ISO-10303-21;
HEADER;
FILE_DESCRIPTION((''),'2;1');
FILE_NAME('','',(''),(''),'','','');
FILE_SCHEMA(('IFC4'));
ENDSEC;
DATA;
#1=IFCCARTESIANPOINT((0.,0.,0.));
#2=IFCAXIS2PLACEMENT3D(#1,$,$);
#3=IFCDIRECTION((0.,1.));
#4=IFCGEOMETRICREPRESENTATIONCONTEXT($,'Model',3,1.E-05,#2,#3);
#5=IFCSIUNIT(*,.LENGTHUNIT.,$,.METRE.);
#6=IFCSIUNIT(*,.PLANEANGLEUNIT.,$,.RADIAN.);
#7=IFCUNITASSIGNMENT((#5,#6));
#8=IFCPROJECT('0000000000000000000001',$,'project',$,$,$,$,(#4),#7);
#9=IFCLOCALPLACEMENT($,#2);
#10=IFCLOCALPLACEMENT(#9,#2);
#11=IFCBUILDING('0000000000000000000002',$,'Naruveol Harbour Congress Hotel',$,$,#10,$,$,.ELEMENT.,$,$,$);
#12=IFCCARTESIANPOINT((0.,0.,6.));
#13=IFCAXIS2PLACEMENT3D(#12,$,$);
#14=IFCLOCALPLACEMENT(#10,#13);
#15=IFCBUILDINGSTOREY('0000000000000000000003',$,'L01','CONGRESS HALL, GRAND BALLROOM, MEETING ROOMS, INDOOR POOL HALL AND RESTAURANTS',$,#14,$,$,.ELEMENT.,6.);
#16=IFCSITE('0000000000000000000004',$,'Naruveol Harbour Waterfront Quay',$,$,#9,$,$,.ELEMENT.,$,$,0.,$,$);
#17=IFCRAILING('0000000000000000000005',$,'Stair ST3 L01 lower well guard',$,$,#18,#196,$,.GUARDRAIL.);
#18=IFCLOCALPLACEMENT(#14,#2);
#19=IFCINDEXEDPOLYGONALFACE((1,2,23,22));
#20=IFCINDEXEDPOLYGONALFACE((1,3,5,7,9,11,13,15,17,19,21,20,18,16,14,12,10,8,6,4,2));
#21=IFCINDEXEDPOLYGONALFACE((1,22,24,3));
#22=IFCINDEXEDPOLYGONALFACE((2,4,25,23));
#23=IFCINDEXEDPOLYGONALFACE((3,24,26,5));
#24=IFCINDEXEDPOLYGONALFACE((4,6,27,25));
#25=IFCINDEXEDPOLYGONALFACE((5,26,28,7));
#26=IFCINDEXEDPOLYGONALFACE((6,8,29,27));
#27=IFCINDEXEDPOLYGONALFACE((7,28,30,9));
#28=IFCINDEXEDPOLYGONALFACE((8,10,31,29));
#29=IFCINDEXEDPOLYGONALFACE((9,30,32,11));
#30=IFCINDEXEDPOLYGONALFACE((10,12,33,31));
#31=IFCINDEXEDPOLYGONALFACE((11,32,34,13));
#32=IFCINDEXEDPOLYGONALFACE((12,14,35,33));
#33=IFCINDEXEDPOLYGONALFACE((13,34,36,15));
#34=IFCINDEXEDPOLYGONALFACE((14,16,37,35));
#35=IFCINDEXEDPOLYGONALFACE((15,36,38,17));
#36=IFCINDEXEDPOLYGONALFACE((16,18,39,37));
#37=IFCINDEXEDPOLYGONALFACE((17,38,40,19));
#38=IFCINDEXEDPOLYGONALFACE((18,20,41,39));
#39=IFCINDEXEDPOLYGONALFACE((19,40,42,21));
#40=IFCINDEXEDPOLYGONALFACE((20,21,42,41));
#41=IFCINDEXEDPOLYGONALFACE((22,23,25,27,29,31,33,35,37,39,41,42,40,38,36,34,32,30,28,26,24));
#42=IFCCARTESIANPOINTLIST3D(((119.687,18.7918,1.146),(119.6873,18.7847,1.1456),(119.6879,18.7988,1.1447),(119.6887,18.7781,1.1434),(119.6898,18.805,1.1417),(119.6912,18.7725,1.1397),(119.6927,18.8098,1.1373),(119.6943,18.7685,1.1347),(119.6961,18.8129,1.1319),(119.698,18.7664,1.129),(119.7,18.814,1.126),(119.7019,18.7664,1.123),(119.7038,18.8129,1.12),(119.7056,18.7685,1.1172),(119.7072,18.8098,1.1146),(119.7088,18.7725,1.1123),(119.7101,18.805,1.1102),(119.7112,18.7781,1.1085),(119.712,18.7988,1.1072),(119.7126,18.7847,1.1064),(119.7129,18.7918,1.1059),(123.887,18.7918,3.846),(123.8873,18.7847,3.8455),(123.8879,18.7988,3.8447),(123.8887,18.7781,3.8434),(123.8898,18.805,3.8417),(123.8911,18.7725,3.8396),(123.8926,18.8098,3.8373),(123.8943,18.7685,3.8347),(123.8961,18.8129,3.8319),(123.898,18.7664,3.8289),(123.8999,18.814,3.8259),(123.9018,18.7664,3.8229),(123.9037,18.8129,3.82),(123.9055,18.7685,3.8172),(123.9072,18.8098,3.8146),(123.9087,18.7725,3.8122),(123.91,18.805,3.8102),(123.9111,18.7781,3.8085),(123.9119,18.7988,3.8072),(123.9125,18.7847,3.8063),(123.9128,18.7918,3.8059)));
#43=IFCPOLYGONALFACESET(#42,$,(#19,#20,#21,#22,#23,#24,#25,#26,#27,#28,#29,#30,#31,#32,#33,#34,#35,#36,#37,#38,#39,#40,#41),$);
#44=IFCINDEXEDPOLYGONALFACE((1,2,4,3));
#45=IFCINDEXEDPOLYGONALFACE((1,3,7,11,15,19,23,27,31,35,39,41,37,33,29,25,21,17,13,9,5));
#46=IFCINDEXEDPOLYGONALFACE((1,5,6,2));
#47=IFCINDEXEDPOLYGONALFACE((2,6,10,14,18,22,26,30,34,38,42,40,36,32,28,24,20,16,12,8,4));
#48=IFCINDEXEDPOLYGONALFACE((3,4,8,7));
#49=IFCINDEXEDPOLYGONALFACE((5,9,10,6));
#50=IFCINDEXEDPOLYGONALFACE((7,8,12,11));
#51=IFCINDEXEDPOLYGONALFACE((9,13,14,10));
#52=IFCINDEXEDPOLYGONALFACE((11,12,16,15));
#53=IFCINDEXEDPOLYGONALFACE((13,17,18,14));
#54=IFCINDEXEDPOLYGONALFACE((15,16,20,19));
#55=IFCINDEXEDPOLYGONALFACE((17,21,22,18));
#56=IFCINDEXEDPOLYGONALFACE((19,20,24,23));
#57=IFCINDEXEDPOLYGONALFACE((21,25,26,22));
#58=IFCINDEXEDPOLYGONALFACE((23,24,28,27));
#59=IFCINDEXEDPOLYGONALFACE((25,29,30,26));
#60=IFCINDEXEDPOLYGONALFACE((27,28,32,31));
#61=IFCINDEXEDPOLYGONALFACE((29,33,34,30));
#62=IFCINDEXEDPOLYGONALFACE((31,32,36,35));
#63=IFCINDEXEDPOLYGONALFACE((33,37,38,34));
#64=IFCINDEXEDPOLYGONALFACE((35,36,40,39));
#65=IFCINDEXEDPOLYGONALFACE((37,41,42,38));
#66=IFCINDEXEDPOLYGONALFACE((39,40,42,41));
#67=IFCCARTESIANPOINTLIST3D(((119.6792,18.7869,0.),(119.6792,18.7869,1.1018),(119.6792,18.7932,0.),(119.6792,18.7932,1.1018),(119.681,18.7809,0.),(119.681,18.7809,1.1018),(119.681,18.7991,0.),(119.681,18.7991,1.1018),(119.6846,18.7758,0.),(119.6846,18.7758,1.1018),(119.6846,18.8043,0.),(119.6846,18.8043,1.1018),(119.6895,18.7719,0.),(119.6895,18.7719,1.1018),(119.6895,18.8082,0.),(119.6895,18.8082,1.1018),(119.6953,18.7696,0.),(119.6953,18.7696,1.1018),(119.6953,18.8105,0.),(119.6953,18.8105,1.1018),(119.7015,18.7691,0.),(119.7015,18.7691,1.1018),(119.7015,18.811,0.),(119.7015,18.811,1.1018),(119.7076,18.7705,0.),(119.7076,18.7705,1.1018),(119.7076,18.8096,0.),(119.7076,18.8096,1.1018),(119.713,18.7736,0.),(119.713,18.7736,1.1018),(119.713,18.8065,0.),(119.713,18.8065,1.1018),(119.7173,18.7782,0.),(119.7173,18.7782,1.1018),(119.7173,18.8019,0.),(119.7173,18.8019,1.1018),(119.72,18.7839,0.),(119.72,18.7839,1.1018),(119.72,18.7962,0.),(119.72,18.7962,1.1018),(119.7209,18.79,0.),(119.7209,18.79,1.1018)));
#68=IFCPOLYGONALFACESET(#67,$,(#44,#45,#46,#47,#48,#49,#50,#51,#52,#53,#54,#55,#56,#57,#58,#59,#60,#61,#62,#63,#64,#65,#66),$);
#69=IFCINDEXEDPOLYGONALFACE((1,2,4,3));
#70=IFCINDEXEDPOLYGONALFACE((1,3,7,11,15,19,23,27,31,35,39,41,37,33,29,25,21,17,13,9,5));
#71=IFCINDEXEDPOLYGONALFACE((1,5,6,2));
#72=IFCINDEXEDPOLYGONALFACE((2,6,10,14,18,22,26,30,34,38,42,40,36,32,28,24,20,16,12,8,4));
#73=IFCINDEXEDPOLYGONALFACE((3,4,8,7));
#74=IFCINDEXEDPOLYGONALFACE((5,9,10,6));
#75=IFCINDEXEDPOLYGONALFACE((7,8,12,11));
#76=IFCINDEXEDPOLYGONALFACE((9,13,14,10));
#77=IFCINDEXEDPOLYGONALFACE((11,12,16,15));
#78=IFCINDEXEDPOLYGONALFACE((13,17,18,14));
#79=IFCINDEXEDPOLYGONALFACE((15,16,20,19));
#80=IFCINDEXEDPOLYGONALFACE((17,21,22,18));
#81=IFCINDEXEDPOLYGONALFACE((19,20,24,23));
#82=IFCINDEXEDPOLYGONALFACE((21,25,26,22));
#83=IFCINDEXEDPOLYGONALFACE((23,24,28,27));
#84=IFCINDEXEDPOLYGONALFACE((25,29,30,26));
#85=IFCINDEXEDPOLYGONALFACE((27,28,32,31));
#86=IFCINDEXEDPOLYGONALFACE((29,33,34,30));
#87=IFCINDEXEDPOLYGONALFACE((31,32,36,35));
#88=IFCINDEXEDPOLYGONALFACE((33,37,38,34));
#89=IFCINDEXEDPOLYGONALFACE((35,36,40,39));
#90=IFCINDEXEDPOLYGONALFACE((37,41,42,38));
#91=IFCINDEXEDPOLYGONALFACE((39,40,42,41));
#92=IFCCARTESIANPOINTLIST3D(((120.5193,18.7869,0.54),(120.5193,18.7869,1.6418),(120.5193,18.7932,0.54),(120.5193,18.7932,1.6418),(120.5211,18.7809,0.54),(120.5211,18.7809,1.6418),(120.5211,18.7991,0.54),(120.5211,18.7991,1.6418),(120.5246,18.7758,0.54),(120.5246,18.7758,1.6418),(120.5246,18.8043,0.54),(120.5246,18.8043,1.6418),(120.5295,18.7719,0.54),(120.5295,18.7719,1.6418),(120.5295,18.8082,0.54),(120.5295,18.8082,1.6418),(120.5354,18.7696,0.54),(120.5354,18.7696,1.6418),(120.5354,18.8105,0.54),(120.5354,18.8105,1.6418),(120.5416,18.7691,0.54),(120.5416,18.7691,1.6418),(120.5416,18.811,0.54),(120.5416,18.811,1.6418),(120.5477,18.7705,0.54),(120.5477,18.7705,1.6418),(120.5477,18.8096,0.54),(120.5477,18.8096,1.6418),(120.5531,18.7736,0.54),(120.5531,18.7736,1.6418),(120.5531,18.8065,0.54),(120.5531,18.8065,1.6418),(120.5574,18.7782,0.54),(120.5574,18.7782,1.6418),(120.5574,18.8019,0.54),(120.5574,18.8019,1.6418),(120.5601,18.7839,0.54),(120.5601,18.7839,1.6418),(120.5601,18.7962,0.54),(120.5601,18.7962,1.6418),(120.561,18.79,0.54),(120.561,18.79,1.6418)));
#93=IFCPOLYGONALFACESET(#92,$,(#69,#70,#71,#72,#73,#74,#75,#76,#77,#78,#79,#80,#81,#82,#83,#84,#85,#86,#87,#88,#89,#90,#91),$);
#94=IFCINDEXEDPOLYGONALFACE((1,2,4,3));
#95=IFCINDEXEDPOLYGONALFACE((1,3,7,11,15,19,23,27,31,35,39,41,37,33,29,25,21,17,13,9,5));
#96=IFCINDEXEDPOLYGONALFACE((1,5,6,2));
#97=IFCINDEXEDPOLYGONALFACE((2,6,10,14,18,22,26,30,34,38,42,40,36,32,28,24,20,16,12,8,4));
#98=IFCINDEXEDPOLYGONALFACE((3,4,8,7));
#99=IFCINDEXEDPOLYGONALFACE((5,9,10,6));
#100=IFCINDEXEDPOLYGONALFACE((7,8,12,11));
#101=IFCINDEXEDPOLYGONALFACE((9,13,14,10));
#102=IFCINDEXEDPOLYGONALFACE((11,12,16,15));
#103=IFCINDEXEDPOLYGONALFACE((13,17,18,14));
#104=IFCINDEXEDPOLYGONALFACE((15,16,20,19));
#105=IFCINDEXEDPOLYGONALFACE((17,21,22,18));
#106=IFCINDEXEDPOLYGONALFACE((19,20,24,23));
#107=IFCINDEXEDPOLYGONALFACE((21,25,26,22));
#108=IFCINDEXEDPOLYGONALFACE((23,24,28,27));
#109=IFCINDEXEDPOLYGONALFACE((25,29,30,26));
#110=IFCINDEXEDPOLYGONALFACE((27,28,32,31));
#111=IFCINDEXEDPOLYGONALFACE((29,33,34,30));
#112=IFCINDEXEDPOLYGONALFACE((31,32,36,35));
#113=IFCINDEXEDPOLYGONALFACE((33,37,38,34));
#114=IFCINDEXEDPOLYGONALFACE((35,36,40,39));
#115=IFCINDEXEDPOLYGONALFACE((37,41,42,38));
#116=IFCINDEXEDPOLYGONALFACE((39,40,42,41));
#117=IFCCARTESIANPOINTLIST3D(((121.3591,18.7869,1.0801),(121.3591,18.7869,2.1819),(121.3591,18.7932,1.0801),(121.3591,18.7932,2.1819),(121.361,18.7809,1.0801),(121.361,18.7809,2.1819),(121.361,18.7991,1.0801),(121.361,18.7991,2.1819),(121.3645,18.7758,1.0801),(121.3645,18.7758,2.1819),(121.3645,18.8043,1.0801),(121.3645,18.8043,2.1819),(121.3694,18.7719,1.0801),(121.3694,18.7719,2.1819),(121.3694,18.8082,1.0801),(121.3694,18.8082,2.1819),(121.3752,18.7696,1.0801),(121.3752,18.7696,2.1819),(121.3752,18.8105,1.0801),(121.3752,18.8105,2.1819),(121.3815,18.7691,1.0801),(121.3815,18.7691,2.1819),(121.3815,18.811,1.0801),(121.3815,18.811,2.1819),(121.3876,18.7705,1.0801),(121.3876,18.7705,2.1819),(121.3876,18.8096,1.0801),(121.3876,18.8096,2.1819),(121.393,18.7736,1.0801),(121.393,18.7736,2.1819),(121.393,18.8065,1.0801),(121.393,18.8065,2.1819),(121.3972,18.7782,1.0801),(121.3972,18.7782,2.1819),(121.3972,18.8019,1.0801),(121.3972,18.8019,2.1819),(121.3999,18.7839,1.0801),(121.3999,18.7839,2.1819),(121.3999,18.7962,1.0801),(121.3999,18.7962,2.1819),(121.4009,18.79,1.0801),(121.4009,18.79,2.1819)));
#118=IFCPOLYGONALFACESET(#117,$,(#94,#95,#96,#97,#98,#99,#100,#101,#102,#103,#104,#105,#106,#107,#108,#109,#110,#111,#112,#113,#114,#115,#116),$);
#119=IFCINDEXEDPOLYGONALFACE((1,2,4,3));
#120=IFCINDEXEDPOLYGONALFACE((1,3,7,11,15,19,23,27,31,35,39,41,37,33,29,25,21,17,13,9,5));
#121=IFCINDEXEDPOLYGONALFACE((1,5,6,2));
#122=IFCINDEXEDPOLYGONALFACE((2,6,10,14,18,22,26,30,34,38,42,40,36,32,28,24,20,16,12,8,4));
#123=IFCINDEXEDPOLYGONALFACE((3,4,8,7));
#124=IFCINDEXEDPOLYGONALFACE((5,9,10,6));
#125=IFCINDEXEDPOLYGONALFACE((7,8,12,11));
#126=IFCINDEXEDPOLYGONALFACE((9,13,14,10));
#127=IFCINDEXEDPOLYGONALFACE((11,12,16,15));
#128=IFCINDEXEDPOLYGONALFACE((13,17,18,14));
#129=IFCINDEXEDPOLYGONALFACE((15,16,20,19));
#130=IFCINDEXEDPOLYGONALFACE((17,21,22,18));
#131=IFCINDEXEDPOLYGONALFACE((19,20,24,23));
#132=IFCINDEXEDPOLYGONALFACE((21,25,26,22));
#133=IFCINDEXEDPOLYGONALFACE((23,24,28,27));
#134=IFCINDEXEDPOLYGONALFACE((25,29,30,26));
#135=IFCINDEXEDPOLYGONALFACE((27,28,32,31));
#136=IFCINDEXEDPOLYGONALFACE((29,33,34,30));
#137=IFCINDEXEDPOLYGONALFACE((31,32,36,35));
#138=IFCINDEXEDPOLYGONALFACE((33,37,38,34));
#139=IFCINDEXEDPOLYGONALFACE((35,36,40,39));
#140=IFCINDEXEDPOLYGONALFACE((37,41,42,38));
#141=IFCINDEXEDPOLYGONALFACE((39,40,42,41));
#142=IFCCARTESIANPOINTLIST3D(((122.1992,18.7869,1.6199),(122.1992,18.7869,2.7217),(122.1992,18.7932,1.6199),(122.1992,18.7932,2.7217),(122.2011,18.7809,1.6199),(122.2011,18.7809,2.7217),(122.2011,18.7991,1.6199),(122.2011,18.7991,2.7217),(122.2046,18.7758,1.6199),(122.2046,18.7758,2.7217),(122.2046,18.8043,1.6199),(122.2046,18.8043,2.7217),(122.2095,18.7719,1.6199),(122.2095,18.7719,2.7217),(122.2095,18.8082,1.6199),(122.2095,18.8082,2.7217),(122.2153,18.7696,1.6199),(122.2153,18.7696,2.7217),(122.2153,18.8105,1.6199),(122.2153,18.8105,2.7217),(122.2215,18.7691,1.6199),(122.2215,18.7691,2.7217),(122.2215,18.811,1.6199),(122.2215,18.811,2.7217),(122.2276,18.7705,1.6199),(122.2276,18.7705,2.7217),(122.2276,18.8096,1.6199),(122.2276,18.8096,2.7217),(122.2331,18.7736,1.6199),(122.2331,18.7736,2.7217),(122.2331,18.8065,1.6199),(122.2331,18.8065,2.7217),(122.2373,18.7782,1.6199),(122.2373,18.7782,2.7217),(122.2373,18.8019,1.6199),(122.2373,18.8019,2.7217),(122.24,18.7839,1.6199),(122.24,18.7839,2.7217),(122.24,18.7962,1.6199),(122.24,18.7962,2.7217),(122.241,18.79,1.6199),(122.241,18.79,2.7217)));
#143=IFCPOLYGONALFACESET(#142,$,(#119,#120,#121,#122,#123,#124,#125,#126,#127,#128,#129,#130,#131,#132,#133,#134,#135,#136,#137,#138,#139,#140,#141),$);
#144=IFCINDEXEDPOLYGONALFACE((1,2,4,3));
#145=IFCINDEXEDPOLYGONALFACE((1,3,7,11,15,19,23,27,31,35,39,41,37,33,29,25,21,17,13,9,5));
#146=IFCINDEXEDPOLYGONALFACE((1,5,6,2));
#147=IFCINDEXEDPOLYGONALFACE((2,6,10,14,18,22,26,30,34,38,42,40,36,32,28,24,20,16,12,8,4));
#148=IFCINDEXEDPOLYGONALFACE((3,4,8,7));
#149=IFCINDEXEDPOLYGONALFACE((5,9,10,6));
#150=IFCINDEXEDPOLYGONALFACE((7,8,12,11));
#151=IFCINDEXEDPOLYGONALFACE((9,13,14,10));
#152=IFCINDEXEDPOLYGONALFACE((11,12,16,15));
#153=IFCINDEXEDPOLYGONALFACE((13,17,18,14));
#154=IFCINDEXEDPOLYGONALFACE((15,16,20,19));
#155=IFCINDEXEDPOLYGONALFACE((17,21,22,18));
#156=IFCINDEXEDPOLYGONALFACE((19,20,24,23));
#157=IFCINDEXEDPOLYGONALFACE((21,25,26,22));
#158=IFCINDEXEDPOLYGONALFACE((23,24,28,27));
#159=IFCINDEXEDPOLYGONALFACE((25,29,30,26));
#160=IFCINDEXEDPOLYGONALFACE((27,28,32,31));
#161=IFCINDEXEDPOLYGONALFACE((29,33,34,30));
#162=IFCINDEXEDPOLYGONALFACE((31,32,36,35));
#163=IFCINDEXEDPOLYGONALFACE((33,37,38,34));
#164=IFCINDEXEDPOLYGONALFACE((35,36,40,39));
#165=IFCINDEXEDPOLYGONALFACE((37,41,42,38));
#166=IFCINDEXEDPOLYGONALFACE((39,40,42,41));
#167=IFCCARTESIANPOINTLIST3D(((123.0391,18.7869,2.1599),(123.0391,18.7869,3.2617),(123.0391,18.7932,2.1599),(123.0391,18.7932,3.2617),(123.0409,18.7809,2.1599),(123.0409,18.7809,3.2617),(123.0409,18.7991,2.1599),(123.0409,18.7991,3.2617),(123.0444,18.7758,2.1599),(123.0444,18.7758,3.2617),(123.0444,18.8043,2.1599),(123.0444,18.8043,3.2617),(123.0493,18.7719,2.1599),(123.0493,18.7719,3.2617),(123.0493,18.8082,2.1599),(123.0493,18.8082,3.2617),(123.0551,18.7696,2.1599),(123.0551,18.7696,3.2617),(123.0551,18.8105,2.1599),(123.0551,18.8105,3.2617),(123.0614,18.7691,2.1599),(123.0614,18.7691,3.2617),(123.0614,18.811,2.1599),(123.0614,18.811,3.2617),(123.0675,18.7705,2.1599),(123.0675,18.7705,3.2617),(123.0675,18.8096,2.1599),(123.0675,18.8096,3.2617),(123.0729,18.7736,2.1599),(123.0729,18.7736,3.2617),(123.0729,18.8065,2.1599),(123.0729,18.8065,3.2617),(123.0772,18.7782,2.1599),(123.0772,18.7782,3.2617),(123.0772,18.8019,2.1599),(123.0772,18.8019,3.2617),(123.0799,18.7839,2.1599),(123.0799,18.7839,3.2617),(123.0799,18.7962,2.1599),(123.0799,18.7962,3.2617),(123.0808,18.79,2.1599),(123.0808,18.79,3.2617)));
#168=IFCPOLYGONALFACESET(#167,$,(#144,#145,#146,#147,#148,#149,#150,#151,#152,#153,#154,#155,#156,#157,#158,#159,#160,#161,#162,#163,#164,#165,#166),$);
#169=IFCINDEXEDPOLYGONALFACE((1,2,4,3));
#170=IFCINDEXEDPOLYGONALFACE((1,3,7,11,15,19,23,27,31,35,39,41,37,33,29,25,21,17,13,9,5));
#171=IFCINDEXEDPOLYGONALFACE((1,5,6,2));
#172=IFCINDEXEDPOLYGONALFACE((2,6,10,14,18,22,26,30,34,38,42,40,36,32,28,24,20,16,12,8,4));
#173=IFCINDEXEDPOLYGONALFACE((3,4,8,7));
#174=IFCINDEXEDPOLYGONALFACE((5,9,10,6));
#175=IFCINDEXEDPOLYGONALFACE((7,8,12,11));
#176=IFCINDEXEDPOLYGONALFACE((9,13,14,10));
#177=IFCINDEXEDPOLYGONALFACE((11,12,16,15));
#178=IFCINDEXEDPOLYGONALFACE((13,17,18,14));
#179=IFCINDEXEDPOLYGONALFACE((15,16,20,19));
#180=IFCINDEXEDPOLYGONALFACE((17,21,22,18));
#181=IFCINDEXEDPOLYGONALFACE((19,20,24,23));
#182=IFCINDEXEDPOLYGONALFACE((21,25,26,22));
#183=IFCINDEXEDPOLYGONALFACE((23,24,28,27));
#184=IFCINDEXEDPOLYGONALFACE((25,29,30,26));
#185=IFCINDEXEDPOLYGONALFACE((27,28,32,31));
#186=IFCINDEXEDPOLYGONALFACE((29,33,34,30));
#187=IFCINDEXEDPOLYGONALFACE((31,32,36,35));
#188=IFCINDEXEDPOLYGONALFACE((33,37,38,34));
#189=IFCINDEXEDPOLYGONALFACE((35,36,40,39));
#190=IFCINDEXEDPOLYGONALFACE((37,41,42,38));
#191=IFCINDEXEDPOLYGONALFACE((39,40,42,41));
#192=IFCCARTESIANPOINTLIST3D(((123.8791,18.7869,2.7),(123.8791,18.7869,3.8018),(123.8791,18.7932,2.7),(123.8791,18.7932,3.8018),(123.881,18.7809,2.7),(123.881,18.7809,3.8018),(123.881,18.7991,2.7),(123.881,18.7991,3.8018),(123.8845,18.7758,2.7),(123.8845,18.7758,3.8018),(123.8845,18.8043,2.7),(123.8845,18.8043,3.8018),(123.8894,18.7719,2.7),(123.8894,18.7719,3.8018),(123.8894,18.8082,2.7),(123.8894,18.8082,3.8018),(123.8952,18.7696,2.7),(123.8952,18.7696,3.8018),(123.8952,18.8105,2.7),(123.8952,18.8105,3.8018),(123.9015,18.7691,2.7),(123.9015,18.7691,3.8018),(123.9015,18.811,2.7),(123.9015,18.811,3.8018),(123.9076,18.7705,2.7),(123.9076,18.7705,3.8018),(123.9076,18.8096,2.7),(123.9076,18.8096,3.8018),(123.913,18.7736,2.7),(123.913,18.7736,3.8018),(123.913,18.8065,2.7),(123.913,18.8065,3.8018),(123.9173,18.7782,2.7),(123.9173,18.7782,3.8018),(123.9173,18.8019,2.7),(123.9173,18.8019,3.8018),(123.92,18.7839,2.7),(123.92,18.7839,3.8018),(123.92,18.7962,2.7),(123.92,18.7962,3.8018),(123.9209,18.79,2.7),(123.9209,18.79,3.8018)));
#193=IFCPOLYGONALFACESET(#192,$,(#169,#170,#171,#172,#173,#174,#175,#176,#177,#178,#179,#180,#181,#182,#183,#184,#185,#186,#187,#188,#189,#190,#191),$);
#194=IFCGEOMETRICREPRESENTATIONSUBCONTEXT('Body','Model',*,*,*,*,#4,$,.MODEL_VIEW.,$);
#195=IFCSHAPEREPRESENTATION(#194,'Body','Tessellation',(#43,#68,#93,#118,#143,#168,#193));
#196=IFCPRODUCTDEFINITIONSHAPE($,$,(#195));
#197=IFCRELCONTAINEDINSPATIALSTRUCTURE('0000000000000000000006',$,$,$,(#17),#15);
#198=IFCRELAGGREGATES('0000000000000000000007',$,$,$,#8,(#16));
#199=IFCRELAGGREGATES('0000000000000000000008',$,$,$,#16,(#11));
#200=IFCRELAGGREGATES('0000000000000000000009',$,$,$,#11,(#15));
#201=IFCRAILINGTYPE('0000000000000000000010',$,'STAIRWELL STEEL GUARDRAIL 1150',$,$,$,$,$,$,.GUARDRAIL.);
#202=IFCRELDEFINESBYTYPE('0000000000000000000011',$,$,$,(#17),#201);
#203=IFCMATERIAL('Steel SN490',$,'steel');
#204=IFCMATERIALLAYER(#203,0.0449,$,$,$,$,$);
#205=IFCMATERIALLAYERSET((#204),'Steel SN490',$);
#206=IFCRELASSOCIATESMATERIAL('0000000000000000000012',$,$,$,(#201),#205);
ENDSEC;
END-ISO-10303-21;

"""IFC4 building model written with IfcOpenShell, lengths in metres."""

from ifc_helpers import new_model, si_unit, direction, frame, origin, origin_2d, place, context, subcontext, project, spatial, circle, extrude, material, layer, layer_set, type_object, element, save


model = new_model("IFC4")

# Units and contexts
model_context = context("Model", 3, precision=1e-05, world=origin(), true_north=direction((0.0, 1.0)))
body_context = subcontext(model_context, "Body", "Model", "MODEL_VIEW")
ifc_project = project(units=[si_unit("LENGTHUNIT", "METRE"), si_unit("PLANEANGLEUNIT", "RADIAN")], contexts=[model_context])

# Site, building, storey
site_placement = place(None, origin())
site = spatial("IfcSite", under=ifc_project, at=site_placement, Name="Naruveol Harbour Waterfront Quay", CompositionType="ELEMENT", RefElevation=0.0)
building_placement = place(site_placement, origin())
building = spatial("IfcBuilding", under=site, at=building_placement, Name="Naruveol Harbour Congress Hotel", CompositionType="ELEMENT")
storey_placement = place(building_placement, frame((0.0, 0.0, 6.0)))
storey = spatial("IfcBuildingStorey", under=building, at=storey_placement, Name="L01", Description="CONGRESS HALL, GRAND BALLROOM, MEETING ROOMS, INDOOR POOL HALL AND RESTAURANTS", CompositionType="ELEMENT", Elevation=6.0)

# Railing
ifc_material_1 = material(Name="Steel SN490", Category="steel")
ifc_layer_1 = layer(ifc_material_1, 0.0449)
ifc_layer_set_1 = layer_set([ifc_layer_1], Name="Steel SN490")
railing_type_1 = type_object("IfcRailingType", Name="STAIRWELL STEEL GUARDRAIL 1150", PredefinedType="GUARDRAIL", material=ifc_layer_set_1)
railing_1_placement = place(storey_placement, frame((119.7, 18.79, 0.0)))
element("IfcRailing", 1, at=railing_1_placement, inside=storey, type_object=railing_type_1, Name="Stair ST3 L01 lower well guard", PredefinedType="GUARDRAIL", context=body_context, shape_type="SweptSolid", body=[
    extrude(circle(Radius=0.0239, at=origin_2d()), frame((0.0, 0.0, 1.126), z_axis=(0.84118, 0.0, 0.540755), x_axis=(0.0, 1.0, 0.0)), (0.0, 0.0, 1.0), 4.9929),
    extrude(circle(Radius=0.021, at=origin_2d()), origin(), (0.0, 0.0, 1.0), 1.1018),
    extrude(circle(Radius=0.021, at=origin_2d()), frame((0.8401, 0.0, 0.54)), (0.0, 0.0, 1.0), 1.1018),
    extrude(circle(Radius=0.021, at=origin_2d()), frame((1.6799, 0.0, 1.0801)), (0.0, 0.0, 1.0), 1.1018),
    extrude(circle(Radius=0.021, at=origin_2d()), frame((2.52, 0.0, 1.6199)), (0.0, 0.0, 1.0), 1.1018),
    extrude(circle(Radius=0.021, at=origin_2d()), frame((3.3599, 0.0, 2.1599)), (0.0, 0.0, 1.0), 1.1018),
    extrude(circle(Radius=0.021, at=origin_2d()), frame((4.2, 0.0, 2.7)), (0.0, 0.0, 1.0), 1.1018),
])

save(model, "model.ifc")
